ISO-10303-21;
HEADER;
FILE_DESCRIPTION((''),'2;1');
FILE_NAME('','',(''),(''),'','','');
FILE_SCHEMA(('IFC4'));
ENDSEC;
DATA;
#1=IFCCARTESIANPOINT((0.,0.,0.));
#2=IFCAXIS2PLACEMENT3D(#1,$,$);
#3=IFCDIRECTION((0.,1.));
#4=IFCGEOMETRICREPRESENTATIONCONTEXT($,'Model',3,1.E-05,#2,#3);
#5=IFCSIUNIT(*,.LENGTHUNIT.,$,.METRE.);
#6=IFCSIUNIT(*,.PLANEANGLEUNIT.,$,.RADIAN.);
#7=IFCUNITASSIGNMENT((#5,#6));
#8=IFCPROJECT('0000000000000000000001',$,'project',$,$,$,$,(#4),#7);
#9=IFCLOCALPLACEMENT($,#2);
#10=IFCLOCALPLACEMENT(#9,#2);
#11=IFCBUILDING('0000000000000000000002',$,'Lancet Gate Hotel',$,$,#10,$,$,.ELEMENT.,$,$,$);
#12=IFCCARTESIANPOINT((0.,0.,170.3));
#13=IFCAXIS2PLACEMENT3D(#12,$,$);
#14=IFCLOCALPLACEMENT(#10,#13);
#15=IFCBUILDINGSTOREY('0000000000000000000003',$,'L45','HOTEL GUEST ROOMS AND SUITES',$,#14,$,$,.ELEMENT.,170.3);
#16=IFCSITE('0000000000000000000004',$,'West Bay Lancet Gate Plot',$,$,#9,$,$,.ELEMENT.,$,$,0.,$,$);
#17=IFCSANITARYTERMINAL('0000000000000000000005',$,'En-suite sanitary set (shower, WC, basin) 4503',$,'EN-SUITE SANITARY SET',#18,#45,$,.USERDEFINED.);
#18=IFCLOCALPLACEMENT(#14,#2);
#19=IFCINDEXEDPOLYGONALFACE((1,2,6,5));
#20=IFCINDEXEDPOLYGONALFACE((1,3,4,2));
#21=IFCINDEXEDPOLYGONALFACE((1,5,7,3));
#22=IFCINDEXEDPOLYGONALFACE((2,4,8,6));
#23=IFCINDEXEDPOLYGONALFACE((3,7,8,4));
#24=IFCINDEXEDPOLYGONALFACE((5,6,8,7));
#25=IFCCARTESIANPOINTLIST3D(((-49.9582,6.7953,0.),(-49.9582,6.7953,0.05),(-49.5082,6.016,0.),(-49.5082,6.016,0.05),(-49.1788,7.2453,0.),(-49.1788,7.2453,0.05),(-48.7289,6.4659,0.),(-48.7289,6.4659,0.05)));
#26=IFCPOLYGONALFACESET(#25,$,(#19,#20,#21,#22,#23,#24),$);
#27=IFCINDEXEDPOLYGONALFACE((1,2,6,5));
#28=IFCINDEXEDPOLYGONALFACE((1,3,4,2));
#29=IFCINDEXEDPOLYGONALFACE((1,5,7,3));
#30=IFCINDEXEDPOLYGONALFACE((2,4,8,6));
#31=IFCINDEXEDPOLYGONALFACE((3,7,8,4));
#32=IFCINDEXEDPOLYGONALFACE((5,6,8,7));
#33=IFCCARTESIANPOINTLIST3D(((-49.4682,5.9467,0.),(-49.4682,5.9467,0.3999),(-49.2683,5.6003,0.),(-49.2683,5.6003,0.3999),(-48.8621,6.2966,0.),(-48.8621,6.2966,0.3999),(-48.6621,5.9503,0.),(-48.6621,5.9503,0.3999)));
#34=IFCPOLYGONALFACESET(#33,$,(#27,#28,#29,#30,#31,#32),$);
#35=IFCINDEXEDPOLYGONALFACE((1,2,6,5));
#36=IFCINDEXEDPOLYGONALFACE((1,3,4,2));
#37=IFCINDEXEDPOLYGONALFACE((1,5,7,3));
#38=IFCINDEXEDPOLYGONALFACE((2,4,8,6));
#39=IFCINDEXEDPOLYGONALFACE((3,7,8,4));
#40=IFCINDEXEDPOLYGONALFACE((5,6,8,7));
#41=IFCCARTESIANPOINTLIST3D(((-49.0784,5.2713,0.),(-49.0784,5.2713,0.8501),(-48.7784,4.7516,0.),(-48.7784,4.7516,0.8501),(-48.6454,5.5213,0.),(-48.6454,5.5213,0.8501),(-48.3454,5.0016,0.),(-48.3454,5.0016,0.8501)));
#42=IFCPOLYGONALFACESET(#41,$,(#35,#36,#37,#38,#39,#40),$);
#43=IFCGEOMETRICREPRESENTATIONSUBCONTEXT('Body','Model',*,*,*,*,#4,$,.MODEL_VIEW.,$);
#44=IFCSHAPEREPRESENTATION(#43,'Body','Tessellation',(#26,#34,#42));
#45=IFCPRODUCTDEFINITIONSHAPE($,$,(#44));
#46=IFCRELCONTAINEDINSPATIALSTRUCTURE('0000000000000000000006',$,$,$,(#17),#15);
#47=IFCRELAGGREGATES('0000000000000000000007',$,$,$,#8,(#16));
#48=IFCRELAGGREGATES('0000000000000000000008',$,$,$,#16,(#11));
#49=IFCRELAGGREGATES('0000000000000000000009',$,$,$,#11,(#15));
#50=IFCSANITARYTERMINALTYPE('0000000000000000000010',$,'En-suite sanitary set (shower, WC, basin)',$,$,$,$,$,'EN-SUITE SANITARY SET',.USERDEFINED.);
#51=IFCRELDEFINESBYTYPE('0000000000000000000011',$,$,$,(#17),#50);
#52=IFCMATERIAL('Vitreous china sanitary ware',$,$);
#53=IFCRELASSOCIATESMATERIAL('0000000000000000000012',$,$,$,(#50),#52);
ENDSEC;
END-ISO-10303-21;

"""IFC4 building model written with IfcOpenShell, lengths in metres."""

from ifc_helpers import new_model, si_unit, direction, frame, origin, origin_2d, place, context, subcontext, project, spatial, rectangle, extrude, material, type_object, element, save


model = new_model("IFC4")

# Units and contexts
model_context = context("Model", 3, precision=1e-05, world=origin(), true_north=direction((0.0, 1.0)))
body_context = subcontext(model_context, "Body", "Model", "MODEL_VIEW")
ifc_project = project(units=[si_unit("LENGTHUNIT", "METRE"), si_unit("PLANEANGLEUNIT", "RADIAN")], contexts=[model_context])

# Site, building, storey
site_placement = place(None, origin())
site = spatial("IfcSite", under=ifc_project, at=site_placement, Name="West Bay Lancet Gate Plot", CompositionType="ELEMENT", RefElevation=0.0)
building_placement = place(site_placement, origin())
building = spatial("IfcBuilding", under=site, at=building_placement, Name="Lancet Gate Hotel", CompositionType="ELEMENT")
storey_placement = place(building_placement, frame((0.0, 0.0, 170.3)))
storey = spatial("IfcBuildingStorey", under=building, at=storey_placement, Name="L45", Description="HOTEL GUEST ROOMS AND SUITES", CompositionType="ELEMENT", Elevation=170.3)

# Sanitary terminal
ifc_material_1 = material(Name="Vitreous china sanitary ware")
sanitary_terminal_type = type_object("IfcSanitaryTerminalType", Name="En-suite sanitary set (shower, WC, basin)", ElementType="EN-SUITE SANITARY SET", PredefinedType="USERDEFINED", material=ifc_material_1)
sanitary_terminal_1_placement = place(storey_placement, frame((-49.3435, 6.6306, 0.0), z_axis=(0.0, 0.0, 1.0), x_axis=(1.0, 0.0, 0.0)))
element("IfcSanitaryTerminal", 1, at=sanitary_terminal_1_placement, inside=storey, type_object=sanitary_terminal_type, Name="En-suite sanitary set (shower, WC, basin) 4503", ObjectType="EN-SUITE SANITARY SET", PredefinedType="USERDEFINED", context=body_context, shape_type="SweptSolid", body=[
    extrude(rectangle(XDim=0.8999, YDim=0.8999, at=origin_2d()), frame((0.0, 0.0, 0.0), z_axis=(0.0, 0.0, 1.0), x_axis=(-0.5, 0.866025, 0.0)), (0.0, 0.0, 1.0), 0.05),
    extrude(rectangle(XDim=0.3999, YDim=0.7, at=origin_2d()), frame((0.2783, -0.6821, 0.0), z_axis=(0.0, 0.0, 1.0), x_axis=(-0.5, 0.866025, 0.0)), (0.0, 0.0, 1.0), 0.3999),
    extrude(rectangle(XDim=0.6001, YDim=0.5, at=origin_2d()), frame((0.6316, -1.4941, 0.0), z_axis=(0.0, 0.0, 1.0), x_axis=(-0.5, 0.866025, 0.0)), (0.0, 0.0, 1.0), 0.8501),
])

save(model, "model.ifc")
